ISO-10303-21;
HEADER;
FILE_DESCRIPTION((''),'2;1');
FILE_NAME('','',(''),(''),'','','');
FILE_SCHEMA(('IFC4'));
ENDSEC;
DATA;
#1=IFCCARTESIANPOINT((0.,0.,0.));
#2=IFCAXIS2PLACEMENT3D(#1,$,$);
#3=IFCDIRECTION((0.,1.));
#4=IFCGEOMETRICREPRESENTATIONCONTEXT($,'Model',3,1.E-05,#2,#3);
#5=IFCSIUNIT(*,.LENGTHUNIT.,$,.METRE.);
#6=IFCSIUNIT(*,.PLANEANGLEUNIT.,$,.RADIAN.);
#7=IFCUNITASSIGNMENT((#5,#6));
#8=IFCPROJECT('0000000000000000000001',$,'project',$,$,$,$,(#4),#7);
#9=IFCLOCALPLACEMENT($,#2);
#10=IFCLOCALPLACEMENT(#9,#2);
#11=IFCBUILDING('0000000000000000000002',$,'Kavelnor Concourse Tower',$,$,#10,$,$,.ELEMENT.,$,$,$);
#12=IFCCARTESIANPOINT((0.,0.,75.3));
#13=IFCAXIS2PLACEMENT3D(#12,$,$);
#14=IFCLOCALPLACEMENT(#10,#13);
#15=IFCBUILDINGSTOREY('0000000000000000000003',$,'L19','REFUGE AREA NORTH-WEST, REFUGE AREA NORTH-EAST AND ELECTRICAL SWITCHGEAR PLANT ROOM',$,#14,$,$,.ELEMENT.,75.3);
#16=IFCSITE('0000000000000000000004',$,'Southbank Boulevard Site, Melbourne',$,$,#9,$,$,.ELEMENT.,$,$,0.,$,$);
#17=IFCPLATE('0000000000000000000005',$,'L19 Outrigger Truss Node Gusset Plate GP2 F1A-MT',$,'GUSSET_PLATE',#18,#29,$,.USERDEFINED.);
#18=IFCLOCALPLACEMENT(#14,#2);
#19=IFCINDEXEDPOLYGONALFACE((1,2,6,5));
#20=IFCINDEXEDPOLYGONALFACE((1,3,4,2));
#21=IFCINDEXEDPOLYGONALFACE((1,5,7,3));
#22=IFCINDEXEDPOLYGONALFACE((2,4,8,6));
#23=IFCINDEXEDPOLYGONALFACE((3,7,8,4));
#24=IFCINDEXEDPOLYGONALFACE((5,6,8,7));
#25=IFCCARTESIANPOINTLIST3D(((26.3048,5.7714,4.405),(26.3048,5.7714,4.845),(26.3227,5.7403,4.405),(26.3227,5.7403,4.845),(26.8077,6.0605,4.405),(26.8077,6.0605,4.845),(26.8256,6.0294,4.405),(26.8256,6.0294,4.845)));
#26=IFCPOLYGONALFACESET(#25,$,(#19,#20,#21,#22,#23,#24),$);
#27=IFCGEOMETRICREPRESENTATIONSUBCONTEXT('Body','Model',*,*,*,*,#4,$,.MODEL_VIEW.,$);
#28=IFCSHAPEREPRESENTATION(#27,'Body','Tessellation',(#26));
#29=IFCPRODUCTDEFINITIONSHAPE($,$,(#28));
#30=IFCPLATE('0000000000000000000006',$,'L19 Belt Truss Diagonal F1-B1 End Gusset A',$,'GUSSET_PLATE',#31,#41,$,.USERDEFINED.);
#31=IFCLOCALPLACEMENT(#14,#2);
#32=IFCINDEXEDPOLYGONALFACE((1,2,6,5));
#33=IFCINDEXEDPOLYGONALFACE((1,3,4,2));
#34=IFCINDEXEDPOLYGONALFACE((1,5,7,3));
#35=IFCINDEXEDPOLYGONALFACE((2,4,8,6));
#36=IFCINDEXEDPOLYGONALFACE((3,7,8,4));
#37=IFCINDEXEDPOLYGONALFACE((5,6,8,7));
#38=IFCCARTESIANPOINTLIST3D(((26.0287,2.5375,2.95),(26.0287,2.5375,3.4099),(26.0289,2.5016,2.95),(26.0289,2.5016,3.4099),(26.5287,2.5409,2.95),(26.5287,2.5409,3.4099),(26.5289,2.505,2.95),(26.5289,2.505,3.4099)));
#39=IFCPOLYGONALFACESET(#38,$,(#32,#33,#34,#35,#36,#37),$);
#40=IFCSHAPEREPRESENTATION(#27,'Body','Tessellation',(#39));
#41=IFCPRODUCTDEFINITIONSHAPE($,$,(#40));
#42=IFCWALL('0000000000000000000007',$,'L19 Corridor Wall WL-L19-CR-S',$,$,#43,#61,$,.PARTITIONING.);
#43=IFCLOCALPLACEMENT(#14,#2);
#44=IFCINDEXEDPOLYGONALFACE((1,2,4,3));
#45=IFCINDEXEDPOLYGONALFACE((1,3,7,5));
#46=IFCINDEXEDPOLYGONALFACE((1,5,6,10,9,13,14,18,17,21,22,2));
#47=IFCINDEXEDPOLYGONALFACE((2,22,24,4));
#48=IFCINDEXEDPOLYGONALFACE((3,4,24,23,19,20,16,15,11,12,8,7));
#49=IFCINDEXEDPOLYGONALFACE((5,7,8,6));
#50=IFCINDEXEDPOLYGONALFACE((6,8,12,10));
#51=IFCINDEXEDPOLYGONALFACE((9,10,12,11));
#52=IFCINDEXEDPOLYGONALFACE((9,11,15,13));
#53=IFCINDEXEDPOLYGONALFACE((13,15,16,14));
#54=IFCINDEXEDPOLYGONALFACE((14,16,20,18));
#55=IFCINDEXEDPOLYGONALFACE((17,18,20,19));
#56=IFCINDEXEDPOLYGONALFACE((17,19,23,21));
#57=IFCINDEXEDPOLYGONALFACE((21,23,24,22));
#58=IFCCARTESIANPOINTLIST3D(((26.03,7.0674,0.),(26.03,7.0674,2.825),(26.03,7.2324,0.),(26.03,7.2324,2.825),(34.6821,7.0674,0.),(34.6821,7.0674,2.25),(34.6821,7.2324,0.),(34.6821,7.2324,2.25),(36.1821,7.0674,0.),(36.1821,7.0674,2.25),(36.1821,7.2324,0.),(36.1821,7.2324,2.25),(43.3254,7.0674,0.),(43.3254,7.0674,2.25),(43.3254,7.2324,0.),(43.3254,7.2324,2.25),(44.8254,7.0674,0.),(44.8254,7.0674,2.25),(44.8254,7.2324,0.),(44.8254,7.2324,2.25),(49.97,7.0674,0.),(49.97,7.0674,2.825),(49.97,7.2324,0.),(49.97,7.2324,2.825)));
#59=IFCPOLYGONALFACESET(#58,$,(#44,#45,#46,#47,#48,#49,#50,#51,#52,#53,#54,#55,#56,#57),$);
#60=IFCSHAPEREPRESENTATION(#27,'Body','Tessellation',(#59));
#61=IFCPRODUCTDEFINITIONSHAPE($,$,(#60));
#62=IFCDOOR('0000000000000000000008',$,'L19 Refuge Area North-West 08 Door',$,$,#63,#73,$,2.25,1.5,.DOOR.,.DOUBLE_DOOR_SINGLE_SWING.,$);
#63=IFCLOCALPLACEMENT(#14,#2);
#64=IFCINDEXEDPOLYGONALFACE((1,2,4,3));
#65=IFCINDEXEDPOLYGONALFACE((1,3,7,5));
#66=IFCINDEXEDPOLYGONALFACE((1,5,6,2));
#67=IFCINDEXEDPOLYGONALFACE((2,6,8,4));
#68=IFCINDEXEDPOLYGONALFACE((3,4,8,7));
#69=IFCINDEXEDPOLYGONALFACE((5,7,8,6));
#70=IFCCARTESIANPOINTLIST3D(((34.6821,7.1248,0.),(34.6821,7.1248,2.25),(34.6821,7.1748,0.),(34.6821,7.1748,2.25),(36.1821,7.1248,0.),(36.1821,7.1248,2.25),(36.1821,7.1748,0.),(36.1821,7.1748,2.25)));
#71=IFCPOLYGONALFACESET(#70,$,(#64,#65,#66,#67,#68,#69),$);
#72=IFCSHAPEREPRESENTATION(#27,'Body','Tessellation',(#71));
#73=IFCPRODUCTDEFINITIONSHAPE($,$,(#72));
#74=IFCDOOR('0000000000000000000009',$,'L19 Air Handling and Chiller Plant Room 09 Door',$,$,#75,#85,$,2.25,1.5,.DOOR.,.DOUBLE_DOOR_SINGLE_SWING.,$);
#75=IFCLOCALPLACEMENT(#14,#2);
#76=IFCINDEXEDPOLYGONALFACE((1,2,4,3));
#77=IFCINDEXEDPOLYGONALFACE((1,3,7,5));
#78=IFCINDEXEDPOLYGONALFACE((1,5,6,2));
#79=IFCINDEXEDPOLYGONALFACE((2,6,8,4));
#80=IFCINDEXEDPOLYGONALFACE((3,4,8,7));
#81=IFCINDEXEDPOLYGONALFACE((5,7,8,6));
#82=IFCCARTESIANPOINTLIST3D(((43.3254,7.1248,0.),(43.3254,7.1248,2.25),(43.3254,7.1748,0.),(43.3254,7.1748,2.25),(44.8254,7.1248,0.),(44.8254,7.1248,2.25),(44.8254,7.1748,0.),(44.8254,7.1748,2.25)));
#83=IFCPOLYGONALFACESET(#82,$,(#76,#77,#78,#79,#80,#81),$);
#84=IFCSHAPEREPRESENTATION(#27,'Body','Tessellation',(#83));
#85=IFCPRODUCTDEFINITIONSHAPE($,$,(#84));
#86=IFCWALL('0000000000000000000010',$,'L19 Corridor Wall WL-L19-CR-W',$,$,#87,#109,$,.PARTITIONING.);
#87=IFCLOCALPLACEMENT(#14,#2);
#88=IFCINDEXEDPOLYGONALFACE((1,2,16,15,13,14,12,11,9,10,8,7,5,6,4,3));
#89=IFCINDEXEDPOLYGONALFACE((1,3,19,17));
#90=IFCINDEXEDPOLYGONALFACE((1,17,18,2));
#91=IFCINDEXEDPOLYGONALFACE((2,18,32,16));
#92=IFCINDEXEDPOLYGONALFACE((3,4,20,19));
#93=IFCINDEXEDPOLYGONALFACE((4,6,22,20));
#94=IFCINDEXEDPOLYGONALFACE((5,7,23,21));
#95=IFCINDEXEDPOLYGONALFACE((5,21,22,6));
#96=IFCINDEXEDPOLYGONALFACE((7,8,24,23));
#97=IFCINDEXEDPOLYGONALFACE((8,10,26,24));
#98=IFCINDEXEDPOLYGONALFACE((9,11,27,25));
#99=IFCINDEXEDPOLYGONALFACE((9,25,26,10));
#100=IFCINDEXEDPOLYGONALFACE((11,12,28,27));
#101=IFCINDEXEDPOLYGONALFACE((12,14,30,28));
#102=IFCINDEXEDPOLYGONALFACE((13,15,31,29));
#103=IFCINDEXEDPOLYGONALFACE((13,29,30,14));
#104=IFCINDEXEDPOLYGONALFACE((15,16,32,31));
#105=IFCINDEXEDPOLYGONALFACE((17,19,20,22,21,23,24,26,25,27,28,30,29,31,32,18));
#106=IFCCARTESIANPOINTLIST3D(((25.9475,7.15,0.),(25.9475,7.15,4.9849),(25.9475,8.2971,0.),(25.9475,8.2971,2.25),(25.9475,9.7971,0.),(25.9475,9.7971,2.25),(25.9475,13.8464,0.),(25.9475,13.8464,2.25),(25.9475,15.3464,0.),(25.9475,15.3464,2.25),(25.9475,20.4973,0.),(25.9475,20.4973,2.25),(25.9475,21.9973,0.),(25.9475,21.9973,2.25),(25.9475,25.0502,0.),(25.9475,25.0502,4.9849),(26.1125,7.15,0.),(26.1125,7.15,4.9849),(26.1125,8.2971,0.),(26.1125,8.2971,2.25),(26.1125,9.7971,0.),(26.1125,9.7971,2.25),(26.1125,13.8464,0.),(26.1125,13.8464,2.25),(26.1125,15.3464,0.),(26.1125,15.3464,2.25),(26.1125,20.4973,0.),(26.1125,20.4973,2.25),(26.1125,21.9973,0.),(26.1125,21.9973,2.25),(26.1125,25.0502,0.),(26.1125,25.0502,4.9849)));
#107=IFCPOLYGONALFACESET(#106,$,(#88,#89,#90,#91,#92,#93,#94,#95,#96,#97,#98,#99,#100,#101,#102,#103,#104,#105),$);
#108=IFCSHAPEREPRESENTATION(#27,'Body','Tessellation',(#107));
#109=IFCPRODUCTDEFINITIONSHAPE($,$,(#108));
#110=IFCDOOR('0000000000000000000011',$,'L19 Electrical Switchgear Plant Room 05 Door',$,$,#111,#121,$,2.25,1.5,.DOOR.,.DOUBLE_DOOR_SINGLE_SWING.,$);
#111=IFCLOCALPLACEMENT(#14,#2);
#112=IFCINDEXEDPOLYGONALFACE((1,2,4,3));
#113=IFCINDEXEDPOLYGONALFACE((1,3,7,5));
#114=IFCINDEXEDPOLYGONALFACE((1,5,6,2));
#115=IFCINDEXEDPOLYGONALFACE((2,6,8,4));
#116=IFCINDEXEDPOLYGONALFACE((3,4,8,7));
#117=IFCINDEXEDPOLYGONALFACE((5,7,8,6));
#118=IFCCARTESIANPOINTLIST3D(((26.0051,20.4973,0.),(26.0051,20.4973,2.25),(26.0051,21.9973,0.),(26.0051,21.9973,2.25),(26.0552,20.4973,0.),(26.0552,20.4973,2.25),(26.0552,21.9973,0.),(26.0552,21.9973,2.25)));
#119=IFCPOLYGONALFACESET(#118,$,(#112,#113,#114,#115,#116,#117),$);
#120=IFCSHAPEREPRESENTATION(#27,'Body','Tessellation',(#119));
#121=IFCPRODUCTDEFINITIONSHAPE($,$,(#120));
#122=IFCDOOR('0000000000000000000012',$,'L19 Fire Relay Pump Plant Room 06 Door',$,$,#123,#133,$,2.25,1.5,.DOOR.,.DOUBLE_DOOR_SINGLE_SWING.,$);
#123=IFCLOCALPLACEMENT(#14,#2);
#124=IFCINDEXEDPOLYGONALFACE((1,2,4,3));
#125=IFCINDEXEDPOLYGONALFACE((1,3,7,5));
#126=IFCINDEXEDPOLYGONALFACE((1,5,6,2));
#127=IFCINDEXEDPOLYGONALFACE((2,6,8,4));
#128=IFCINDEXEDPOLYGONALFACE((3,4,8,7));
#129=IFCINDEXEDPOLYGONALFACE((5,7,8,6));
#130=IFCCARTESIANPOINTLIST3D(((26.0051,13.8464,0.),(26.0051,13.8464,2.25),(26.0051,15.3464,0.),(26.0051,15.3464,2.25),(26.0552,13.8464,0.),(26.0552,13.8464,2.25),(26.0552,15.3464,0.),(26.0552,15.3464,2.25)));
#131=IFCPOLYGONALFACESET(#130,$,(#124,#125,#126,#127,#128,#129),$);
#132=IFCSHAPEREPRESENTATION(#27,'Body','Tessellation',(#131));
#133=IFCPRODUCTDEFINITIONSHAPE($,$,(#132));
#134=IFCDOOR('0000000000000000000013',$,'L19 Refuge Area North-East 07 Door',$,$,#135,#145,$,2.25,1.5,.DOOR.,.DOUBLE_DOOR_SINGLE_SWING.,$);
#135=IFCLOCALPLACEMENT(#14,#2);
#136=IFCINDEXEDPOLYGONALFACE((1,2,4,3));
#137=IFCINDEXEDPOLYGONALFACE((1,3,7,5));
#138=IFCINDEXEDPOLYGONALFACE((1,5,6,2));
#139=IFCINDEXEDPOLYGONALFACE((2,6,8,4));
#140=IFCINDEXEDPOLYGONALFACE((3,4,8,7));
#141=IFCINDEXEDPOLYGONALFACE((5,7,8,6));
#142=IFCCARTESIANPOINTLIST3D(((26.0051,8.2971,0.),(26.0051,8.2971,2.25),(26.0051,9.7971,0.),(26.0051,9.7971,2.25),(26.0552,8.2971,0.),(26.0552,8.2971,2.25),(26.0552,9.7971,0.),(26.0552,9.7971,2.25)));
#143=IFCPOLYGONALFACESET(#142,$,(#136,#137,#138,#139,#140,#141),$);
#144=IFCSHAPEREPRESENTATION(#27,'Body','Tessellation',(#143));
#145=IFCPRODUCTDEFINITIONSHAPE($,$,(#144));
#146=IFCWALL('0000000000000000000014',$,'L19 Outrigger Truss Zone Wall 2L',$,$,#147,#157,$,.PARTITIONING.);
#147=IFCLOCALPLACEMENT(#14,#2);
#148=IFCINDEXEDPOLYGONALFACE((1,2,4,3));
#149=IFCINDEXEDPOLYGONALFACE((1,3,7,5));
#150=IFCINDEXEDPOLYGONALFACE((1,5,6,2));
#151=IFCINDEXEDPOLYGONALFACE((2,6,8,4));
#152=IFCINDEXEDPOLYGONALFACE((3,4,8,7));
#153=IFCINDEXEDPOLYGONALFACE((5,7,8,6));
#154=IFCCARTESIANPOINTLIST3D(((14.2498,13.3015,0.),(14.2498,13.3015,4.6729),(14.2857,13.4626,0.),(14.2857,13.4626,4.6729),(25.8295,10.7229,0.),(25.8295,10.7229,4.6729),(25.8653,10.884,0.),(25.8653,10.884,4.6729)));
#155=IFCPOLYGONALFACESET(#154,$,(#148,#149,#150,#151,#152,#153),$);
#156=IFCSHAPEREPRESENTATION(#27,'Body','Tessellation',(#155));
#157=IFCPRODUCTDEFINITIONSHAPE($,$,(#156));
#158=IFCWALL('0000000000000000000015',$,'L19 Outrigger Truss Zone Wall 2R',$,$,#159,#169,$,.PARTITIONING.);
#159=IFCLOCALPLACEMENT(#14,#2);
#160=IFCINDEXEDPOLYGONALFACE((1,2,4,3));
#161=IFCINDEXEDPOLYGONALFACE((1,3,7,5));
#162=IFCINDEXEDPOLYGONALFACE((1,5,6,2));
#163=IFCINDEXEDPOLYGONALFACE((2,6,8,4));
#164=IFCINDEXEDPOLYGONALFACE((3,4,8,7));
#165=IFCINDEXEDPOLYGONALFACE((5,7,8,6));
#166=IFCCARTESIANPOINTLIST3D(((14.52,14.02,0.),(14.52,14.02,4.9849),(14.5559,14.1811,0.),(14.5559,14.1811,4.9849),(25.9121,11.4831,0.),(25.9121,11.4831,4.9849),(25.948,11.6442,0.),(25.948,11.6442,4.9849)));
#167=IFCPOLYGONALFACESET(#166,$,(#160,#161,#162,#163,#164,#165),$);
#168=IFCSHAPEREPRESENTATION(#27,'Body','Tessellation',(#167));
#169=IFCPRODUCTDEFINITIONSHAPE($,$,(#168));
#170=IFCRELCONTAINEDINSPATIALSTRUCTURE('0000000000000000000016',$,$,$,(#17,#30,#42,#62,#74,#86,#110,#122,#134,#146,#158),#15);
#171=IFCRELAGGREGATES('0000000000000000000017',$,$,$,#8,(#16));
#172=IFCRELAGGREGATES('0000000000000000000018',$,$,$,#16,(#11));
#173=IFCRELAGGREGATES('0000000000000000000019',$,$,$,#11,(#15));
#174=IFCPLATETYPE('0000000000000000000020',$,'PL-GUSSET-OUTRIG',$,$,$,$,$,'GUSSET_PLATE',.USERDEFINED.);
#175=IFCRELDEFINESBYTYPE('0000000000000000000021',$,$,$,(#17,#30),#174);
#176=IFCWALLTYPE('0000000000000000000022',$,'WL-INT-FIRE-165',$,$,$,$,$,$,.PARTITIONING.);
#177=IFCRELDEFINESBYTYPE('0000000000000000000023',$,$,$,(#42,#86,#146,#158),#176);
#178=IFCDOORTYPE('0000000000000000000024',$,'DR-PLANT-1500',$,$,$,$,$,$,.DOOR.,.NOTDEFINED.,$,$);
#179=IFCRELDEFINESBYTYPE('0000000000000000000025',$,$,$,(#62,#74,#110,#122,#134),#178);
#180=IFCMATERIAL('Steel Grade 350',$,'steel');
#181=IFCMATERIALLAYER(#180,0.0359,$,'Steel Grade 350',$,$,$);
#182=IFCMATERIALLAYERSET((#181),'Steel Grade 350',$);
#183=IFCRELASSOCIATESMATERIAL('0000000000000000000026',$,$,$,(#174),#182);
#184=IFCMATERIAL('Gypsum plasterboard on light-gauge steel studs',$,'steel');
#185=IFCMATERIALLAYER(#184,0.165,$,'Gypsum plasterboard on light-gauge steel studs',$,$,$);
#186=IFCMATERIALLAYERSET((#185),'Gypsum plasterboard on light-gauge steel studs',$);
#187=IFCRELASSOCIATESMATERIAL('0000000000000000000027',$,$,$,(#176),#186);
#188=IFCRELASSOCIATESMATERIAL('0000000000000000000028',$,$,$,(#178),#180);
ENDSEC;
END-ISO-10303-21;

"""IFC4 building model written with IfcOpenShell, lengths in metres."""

from ifc_helpers import new_model, si_unit, direction, frame, frame_2d, origin, origin_2d, place, context, subcontext, project, spatial, rectangle, extrude, material, layer, layer_set, type_object, element, fill, save


model = new_model("IFC4")

# Units and contexts
model_context = context("Model", 3, precision=1e-05, world=origin(), true_north=direction((0.0, 1.0)))
body_context = subcontext(model_context, "Body", "Model", "MODEL_VIEW")
ifc_project = project(units=[si_unit("LENGTHUNIT", "METRE"), si_unit("PLANEANGLEUNIT", "RADIAN")], contexts=[model_context])

# Site, building, storey
site_placement = place(None, origin())
site = spatial("IfcSite", under=ifc_project, at=site_placement, Name="Southbank Boulevard Site, Melbourne", CompositionType="ELEMENT", RefElevation=0.0)
building_placement = place(site_placement, origin())
building = spatial("IfcBuilding", under=site, at=building_placement, Name="Kavelnor Concourse Tower", CompositionType="ELEMENT")
storey_placement = place(building_placement, frame((0.0, 0.0, 75.3)))
storey = spatial("IfcBuildingStorey", under=building, at=storey_placement, Name="L19", Description="REFUGE AREA NORTH-WEST, REFUGE AREA NORTH-EAST AND ELECTRICAL SWITCHGEAR PLANT ROOM", CompositionType="ELEMENT", Elevation=75.3)

# Shared definitions
ifc_material_1 = material(Name="Steel Grade 350", Category="steel")

# Plates
ifc_layer_1 = layer(ifc_material_1, 0.0359, Name="Steel Grade 350")
ifc_layer_set_1 = layer_set([ifc_layer_1], Name="Steel Grade 350")
plate_type = type_object("IfcPlateType", Name="PL-GUSSET-OUTRIG", ElementType="GUSSET_PLATE", PredefinedType="USERDEFINED", material=ifc_layer_set_1)
for number, where, z_axis, x_axis, name in (
    (1, (26.5652, 5.9004, 4.405), (0.0, 0.0, 1.0), (-0.866897, -0.498488, 0.0), "L19 Outrigger Truss Node Gusset Plate GP2 F1A-MT"),
):
    element("IfcPlate", number, at=place(storey_placement, frame(where, z_axis=z_axis, x_axis=x_axis)), inside=storey, type_object=plate_type, Name=name, ObjectType="GUSSET_PLATE", PredefinedType="USERDEFINED", context=body_context, shape_type="SweptSolid", body=[
        extrude(rectangle(XDim=0.5801, YDim=0.0359, at=origin_2d()), origin(), (0.0, 0.0, 1.0), 0.4399),
    ])
plate_placement = place(storey_placement, frame((26.2788, 2.5212, 2.95), z_axis=(0.0, 0.0, 1.0), x_axis=(0.999977, 0.006807, 0.0)))
element("IfcPlate", 2, at=plate_placement, inside=storey, type_object=plate_type, Name="L19 Belt Truss Diagonal F1-B1 End Gusset A", ObjectType="GUSSET_PLATE", PredefinedType="USERDEFINED", context=body_context, shape_type="SweptSolid", body=[
    extrude(rectangle(XDim=0.5, YDim=0.0359, at=origin_2d()), origin(), (0.0, 0.0, 1.0), 0.46),
])

# Walls, openings, doors
ifc_material_2 = material(Name="Gypsum plasterboard on light-gauge steel studs", Category="steel")
ifc_layer_2 = layer(ifc_material_2, 0.165, Name="Gypsum plasterboard on light-gauge steel studs")
ifc_layer_set_2 = layer_set([ifc_layer_2], Name="Gypsum plasterboard on light-gauge steel studs")
wall_type = type_object("IfcWallType", Name="WL-INT-FIRE-165", PredefinedType="PARTITIONING", material=ifc_layer_set_2)
wall_1_placement = place(storey_placement, frame((26.03, 7.1499, 0.0), z_axis=(0.0, 0.0, 1.0), x_axis=(1.0, 0.0, 0.0)))
wall_1 = element("IfcWall", 3, at=wall_1_placement, inside=storey, type_object=wall_type, Name="L19 Corridor Wall WL-L19-CR-S", PredefinedType="PARTITIONING", context=body_context, shape_type="SweptSolid", body=[
    extrude(rectangle(XDim=23.9399, YDim=0.165, at=frame_2d((11.97, 0.0))), origin(), (0.0, 0.0, 1.0), 2.825),
])
opening_1_placement = place(wall_1_placement, frame((8.6521, 0.0, 0.0)))
opening_1 = element("IfcOpeningElement", 4, at=opening_1_placement, cuts=wall_1, PredefinedType="OPENING", context=body_context, shape_type="SweptSolid", body=[
    extrude(rectangle(XDim=1.5, YDim=2.25, at=frame_2d((0.75, 1.125))), frame((0.0, 0.0925, 0.0), z_axis=(0.0, -1.0, 0.0), x_axis=(1.0, 0.0, 0.0)), (0.0, 0.0, 1.0), 0.1851),
])
opening_2_placement = place(wall_1_placement, frame((17.2954, 0.0, 0.0)))
opening_2 = element("IfcOpeningElement", 5, at=opening_2_placement, cuts=wall_1, PredefinedType="OPENING", context=body_context, shape_type="SweptSolid", body=[
    extrude(rectangle(XDim=1.5, YDim=2.25, at=frame_2d((0.75, 1.125))), frame((0.0, 0.0925, 0.0), z_axis=(0.0, -1.0, 0.0), x_axis=(1.0, 0.0, 0.0)), (0.0, 0.0, 1.0), 0.1851),
])
door_type = type_object("IfcDoorType", Name="DR-PLANT-1500", OperationType="NOTDEFINED", PredefinedType="DOOR", material=ifc_material_1)
door_1_placement = place(opening_1_placement, origin())
door_1 = element("IfcDoor", 6, at=door_1_placement, inside=storey, type_object=door_type, Name="L19 Refuge Area North-West 08 Door", OperationType="DOUBLE_DOOR_SINGLE_SWING", OverallHeight=2.25, OverallWidth=1.5, PredefinedType="DOOR", context=body_context, shape_type="SweptSolid", body=[
    extrude(rectangle(XDim=1.5, YDim=2.25, at=frame_2d((0.75, 1.125))), frame((0.0, 0.0249, 0.0), z_axis=(0.0, -1.0, 0.0), x_axis=(1.0, 0.0, 0.0)), (0.0, 0.0, 1.0), 0.05),
])
fill(opening_1, door_1)
door_2_placement = place(opening_2_placement, origin())
door_2 = element("IfcDoor", 7, at=door_2_placement, inside=storey, type_object=door_type, Name="L19 Air Handling and Chiller Plant Room 09 Door", OperationType="DOUBLE_DOOR_SINGLE_SWING", OverallHeight=2.25, OverallWidth=1.5, PredefinedType="DOOR", context=body_context, shape_type="SweptSolid", body=[
    extrude(rectangle(XDim=1.5, YDim=2.25, at=frame_2d((0.75, 1.125))), frame((0.0, 0.0249, 0.0), z_axis=(0.0, -1.0, 0.0), x_axis=(1.0, 0.0, 0.0)), (0.0, 0.0, 1.0), 0.05),
])
fill(opening_2, door_2)
wall_2_placement = place(storey_placement, frame((26.03, 7.1499, 0.0), z_axis=(0.0, 0.0, 1.0), x_axis=(0.0, 1.0, 0.0)))
wall_2 = element("IfcWall", 8, at=wall_2_placement, inside=storey, type_object=wall_type, Name="L19 Corridor Wall WL-L19-CR-W", PredefinedType="PARTITIONING", context=body_context, shape_type="SweptSolid", body=[
    extrude(rectangle(XDim=17.9001, YDim=0.165, at=frame_2d((8.9502, 0.0))), origin(), (0.0, 0.0, 1.0), 4.9849),
])
opening_3_placement = place(wall_2_placement, frame((13.3474, 0.0, 0.0)))
opening_3 = element("IfcOpeningElement", 9, at=opening_3_placement, cuts=wall_2, PredefinedType="OPENING", context=body_context, shape_type="SweptSolid", body=[
    extrude(rectangle(XDim=1.5, YDim=2.25, at=frame_2d((0.75, 1.125))), frame((0.0, 0.0925, 0.0), z_axis=(0.0, -1.0, 0.0), x_axis=(1.0, 0.0, 0.0)), (0.0, 0.0, 1.0), 0.1851),
])
opening_4_placement = place(wall_2_placement, frame((6.6965, 0.0, 0.0)))
opening_4 = element("IfcOpeningElement", 10, at=opening_4_placement, cuts=wall_2, PredefinedType="OPENING", context=body_context, shape_type="SweptSolid", body=[
    extrude(rectangle(XDim=1.5, YDim=2.25, at=frame_2d((0.75, 1.125))), frame((0.0, 0.0925, 0.0), z_axis=(0.0, -1.0, 0.0), x_axis=(1.0, 0.0, 0.0)), (0.0, 0.0, 1.0), 0.1851),
])
opening_5_placement = place(wall_2_placement, frame((1.1472, 0.0, 0.0)))
opening_5 = element("IfcOpeningElement", 11, at=opening_5_placement, cuts=wall_2, PredefinedType="OPENING", context=body_context, shape_type="SweptSolid", body=[
    extrude(rectangle(XDim=1.5, YDim=2.25, at=frame_2d((0.75, 1.125))), frame((0.0, 0.0925, 0.0), z_axis=(0.0, -1.0, 0.0), x_axis=(1.0, 0.0, 0.0)), (0.0, 0.0, 1.0), 0.1851),
])
door_3_placement = place(opening_3_placement, origin())
door_3 = element("IfcDoor", 12, at=door_3_placement, inside=storey, type_object=door_type, Name="L19 Electrical Switchgear Plant Room 05 Door", OperationType="DOUBLE_DOOR_SINGLE_SWING", OverallHeight=2.25, OverallWidth=1.5, PredefinedType="DOOR", context=body_context, shape_type="SweptSolid", body=[
    extrude(rectangle(XDim=1.5, YDim=2.25, at=frame_2d((0.75, 1.125))), frame((0.0, 0.0249, 0.0), z_axis=(0.0, -1.0, 0.0), x_axis=(1.0, 0.0, 0.0)), (0.0, 0.0, 1.0), 0.05),
])
fill(opening_3, door_3)
door_4_placement = place(opening_4_placement, origin())
door_4 = element("IfcDoor", 13, at=door_4_placement, inside=storey, type_object=door_type, Name="L19 Fire Relay Pump Plant Room 06 Door", OperationType="DOUBLE_DOOR_SINGLE_SWING", OverallHeight=2.25, OverallWidth=1.5, PredefinedType="DOOR", context=body_context, shape_type="SweptSolid", body=[
    extrude(rectangle(XDim=1.5, YDim=2.25, at=frame_2d((0.75, 1.125))), frame((0.0, 0.0249, 0.0), z_axis=(0.0, -1.0, 0.0), x_axis=(1.0, 0.0, 0.0)), (0.0, 0.0, 1.0), 0.05),
])
fill(opening_4, door_4)
door_5_placement = place(opening_5_placement, origin())
door_5 = element("IfcDoor", 14, at=door_5_placement, inside=storey, type_object=door_type, Name="L19 Refuge Area North-East 07 Door", OperationType="DOUBLE_DOOR_SINGLE_SWING", OverallHeight=2.25, OverallWidth=1.5, PredefinedType="DOOR", context=body_context, shape_type="SweptSolid", body=[
    extrude(rectangle(XDim=1.5, YDim=2.25, at=frame_2d((0.75, 1.125))), frame((0.0, 0.0249, 0.0), z_axis=(0.0, -1.0, 0.0), x_axis=(1.0, 0.0, 0.0)), (0.0, 0.0, 1.0), 0.05),
])
fill(opening_5, door_5)

# Walls
wall_3_placement = place(storey_placement, frame((25.8474, 10.8035, 0.0), z_axis=(0.0, 0.0, 1.0), x_axis=(-0.976091, 0.217362, 0.0)))
element("IfcWall", 15, at=wall_3_placement, inside=storey, type_object=wall_type, Name="L19 Outrigger Truss Zone Wall 2L", PredefinedType="PARTITIONING", context=body_context, shape_type="SweptSolid", body=[
    extrude(rectangle(XDim=11.8633, YDim=0.165, at=frame_2d((5.9316, 0.0))), origin(), (0.0, 0.0, 1.0), 4.6729),
])
wall_4_placement = place(storey_placement, frame((25.9299, 11.5637, 0.0), z_axis=(0.0, 0.0, 1.0), x_axis=(-0.976091, 0.217362, 0.0)))
element("IfcWall", 16, at=wall_4_placement, inside=storey, type_object=wall_type, Name="L19 Outrigger Truss Zone Wall 2R", PredefinedType="PARTITIONING", context=body_context, shape_type="SweptSolid", body=[
    extrude(rectangle(XDim=11.6711, YDim=0.165, at=frame_2d((5.8354, 0.0))), origin(), (0.0, 0.0, 1.0), 4.9849),
])

save(model, "model.ifc")
